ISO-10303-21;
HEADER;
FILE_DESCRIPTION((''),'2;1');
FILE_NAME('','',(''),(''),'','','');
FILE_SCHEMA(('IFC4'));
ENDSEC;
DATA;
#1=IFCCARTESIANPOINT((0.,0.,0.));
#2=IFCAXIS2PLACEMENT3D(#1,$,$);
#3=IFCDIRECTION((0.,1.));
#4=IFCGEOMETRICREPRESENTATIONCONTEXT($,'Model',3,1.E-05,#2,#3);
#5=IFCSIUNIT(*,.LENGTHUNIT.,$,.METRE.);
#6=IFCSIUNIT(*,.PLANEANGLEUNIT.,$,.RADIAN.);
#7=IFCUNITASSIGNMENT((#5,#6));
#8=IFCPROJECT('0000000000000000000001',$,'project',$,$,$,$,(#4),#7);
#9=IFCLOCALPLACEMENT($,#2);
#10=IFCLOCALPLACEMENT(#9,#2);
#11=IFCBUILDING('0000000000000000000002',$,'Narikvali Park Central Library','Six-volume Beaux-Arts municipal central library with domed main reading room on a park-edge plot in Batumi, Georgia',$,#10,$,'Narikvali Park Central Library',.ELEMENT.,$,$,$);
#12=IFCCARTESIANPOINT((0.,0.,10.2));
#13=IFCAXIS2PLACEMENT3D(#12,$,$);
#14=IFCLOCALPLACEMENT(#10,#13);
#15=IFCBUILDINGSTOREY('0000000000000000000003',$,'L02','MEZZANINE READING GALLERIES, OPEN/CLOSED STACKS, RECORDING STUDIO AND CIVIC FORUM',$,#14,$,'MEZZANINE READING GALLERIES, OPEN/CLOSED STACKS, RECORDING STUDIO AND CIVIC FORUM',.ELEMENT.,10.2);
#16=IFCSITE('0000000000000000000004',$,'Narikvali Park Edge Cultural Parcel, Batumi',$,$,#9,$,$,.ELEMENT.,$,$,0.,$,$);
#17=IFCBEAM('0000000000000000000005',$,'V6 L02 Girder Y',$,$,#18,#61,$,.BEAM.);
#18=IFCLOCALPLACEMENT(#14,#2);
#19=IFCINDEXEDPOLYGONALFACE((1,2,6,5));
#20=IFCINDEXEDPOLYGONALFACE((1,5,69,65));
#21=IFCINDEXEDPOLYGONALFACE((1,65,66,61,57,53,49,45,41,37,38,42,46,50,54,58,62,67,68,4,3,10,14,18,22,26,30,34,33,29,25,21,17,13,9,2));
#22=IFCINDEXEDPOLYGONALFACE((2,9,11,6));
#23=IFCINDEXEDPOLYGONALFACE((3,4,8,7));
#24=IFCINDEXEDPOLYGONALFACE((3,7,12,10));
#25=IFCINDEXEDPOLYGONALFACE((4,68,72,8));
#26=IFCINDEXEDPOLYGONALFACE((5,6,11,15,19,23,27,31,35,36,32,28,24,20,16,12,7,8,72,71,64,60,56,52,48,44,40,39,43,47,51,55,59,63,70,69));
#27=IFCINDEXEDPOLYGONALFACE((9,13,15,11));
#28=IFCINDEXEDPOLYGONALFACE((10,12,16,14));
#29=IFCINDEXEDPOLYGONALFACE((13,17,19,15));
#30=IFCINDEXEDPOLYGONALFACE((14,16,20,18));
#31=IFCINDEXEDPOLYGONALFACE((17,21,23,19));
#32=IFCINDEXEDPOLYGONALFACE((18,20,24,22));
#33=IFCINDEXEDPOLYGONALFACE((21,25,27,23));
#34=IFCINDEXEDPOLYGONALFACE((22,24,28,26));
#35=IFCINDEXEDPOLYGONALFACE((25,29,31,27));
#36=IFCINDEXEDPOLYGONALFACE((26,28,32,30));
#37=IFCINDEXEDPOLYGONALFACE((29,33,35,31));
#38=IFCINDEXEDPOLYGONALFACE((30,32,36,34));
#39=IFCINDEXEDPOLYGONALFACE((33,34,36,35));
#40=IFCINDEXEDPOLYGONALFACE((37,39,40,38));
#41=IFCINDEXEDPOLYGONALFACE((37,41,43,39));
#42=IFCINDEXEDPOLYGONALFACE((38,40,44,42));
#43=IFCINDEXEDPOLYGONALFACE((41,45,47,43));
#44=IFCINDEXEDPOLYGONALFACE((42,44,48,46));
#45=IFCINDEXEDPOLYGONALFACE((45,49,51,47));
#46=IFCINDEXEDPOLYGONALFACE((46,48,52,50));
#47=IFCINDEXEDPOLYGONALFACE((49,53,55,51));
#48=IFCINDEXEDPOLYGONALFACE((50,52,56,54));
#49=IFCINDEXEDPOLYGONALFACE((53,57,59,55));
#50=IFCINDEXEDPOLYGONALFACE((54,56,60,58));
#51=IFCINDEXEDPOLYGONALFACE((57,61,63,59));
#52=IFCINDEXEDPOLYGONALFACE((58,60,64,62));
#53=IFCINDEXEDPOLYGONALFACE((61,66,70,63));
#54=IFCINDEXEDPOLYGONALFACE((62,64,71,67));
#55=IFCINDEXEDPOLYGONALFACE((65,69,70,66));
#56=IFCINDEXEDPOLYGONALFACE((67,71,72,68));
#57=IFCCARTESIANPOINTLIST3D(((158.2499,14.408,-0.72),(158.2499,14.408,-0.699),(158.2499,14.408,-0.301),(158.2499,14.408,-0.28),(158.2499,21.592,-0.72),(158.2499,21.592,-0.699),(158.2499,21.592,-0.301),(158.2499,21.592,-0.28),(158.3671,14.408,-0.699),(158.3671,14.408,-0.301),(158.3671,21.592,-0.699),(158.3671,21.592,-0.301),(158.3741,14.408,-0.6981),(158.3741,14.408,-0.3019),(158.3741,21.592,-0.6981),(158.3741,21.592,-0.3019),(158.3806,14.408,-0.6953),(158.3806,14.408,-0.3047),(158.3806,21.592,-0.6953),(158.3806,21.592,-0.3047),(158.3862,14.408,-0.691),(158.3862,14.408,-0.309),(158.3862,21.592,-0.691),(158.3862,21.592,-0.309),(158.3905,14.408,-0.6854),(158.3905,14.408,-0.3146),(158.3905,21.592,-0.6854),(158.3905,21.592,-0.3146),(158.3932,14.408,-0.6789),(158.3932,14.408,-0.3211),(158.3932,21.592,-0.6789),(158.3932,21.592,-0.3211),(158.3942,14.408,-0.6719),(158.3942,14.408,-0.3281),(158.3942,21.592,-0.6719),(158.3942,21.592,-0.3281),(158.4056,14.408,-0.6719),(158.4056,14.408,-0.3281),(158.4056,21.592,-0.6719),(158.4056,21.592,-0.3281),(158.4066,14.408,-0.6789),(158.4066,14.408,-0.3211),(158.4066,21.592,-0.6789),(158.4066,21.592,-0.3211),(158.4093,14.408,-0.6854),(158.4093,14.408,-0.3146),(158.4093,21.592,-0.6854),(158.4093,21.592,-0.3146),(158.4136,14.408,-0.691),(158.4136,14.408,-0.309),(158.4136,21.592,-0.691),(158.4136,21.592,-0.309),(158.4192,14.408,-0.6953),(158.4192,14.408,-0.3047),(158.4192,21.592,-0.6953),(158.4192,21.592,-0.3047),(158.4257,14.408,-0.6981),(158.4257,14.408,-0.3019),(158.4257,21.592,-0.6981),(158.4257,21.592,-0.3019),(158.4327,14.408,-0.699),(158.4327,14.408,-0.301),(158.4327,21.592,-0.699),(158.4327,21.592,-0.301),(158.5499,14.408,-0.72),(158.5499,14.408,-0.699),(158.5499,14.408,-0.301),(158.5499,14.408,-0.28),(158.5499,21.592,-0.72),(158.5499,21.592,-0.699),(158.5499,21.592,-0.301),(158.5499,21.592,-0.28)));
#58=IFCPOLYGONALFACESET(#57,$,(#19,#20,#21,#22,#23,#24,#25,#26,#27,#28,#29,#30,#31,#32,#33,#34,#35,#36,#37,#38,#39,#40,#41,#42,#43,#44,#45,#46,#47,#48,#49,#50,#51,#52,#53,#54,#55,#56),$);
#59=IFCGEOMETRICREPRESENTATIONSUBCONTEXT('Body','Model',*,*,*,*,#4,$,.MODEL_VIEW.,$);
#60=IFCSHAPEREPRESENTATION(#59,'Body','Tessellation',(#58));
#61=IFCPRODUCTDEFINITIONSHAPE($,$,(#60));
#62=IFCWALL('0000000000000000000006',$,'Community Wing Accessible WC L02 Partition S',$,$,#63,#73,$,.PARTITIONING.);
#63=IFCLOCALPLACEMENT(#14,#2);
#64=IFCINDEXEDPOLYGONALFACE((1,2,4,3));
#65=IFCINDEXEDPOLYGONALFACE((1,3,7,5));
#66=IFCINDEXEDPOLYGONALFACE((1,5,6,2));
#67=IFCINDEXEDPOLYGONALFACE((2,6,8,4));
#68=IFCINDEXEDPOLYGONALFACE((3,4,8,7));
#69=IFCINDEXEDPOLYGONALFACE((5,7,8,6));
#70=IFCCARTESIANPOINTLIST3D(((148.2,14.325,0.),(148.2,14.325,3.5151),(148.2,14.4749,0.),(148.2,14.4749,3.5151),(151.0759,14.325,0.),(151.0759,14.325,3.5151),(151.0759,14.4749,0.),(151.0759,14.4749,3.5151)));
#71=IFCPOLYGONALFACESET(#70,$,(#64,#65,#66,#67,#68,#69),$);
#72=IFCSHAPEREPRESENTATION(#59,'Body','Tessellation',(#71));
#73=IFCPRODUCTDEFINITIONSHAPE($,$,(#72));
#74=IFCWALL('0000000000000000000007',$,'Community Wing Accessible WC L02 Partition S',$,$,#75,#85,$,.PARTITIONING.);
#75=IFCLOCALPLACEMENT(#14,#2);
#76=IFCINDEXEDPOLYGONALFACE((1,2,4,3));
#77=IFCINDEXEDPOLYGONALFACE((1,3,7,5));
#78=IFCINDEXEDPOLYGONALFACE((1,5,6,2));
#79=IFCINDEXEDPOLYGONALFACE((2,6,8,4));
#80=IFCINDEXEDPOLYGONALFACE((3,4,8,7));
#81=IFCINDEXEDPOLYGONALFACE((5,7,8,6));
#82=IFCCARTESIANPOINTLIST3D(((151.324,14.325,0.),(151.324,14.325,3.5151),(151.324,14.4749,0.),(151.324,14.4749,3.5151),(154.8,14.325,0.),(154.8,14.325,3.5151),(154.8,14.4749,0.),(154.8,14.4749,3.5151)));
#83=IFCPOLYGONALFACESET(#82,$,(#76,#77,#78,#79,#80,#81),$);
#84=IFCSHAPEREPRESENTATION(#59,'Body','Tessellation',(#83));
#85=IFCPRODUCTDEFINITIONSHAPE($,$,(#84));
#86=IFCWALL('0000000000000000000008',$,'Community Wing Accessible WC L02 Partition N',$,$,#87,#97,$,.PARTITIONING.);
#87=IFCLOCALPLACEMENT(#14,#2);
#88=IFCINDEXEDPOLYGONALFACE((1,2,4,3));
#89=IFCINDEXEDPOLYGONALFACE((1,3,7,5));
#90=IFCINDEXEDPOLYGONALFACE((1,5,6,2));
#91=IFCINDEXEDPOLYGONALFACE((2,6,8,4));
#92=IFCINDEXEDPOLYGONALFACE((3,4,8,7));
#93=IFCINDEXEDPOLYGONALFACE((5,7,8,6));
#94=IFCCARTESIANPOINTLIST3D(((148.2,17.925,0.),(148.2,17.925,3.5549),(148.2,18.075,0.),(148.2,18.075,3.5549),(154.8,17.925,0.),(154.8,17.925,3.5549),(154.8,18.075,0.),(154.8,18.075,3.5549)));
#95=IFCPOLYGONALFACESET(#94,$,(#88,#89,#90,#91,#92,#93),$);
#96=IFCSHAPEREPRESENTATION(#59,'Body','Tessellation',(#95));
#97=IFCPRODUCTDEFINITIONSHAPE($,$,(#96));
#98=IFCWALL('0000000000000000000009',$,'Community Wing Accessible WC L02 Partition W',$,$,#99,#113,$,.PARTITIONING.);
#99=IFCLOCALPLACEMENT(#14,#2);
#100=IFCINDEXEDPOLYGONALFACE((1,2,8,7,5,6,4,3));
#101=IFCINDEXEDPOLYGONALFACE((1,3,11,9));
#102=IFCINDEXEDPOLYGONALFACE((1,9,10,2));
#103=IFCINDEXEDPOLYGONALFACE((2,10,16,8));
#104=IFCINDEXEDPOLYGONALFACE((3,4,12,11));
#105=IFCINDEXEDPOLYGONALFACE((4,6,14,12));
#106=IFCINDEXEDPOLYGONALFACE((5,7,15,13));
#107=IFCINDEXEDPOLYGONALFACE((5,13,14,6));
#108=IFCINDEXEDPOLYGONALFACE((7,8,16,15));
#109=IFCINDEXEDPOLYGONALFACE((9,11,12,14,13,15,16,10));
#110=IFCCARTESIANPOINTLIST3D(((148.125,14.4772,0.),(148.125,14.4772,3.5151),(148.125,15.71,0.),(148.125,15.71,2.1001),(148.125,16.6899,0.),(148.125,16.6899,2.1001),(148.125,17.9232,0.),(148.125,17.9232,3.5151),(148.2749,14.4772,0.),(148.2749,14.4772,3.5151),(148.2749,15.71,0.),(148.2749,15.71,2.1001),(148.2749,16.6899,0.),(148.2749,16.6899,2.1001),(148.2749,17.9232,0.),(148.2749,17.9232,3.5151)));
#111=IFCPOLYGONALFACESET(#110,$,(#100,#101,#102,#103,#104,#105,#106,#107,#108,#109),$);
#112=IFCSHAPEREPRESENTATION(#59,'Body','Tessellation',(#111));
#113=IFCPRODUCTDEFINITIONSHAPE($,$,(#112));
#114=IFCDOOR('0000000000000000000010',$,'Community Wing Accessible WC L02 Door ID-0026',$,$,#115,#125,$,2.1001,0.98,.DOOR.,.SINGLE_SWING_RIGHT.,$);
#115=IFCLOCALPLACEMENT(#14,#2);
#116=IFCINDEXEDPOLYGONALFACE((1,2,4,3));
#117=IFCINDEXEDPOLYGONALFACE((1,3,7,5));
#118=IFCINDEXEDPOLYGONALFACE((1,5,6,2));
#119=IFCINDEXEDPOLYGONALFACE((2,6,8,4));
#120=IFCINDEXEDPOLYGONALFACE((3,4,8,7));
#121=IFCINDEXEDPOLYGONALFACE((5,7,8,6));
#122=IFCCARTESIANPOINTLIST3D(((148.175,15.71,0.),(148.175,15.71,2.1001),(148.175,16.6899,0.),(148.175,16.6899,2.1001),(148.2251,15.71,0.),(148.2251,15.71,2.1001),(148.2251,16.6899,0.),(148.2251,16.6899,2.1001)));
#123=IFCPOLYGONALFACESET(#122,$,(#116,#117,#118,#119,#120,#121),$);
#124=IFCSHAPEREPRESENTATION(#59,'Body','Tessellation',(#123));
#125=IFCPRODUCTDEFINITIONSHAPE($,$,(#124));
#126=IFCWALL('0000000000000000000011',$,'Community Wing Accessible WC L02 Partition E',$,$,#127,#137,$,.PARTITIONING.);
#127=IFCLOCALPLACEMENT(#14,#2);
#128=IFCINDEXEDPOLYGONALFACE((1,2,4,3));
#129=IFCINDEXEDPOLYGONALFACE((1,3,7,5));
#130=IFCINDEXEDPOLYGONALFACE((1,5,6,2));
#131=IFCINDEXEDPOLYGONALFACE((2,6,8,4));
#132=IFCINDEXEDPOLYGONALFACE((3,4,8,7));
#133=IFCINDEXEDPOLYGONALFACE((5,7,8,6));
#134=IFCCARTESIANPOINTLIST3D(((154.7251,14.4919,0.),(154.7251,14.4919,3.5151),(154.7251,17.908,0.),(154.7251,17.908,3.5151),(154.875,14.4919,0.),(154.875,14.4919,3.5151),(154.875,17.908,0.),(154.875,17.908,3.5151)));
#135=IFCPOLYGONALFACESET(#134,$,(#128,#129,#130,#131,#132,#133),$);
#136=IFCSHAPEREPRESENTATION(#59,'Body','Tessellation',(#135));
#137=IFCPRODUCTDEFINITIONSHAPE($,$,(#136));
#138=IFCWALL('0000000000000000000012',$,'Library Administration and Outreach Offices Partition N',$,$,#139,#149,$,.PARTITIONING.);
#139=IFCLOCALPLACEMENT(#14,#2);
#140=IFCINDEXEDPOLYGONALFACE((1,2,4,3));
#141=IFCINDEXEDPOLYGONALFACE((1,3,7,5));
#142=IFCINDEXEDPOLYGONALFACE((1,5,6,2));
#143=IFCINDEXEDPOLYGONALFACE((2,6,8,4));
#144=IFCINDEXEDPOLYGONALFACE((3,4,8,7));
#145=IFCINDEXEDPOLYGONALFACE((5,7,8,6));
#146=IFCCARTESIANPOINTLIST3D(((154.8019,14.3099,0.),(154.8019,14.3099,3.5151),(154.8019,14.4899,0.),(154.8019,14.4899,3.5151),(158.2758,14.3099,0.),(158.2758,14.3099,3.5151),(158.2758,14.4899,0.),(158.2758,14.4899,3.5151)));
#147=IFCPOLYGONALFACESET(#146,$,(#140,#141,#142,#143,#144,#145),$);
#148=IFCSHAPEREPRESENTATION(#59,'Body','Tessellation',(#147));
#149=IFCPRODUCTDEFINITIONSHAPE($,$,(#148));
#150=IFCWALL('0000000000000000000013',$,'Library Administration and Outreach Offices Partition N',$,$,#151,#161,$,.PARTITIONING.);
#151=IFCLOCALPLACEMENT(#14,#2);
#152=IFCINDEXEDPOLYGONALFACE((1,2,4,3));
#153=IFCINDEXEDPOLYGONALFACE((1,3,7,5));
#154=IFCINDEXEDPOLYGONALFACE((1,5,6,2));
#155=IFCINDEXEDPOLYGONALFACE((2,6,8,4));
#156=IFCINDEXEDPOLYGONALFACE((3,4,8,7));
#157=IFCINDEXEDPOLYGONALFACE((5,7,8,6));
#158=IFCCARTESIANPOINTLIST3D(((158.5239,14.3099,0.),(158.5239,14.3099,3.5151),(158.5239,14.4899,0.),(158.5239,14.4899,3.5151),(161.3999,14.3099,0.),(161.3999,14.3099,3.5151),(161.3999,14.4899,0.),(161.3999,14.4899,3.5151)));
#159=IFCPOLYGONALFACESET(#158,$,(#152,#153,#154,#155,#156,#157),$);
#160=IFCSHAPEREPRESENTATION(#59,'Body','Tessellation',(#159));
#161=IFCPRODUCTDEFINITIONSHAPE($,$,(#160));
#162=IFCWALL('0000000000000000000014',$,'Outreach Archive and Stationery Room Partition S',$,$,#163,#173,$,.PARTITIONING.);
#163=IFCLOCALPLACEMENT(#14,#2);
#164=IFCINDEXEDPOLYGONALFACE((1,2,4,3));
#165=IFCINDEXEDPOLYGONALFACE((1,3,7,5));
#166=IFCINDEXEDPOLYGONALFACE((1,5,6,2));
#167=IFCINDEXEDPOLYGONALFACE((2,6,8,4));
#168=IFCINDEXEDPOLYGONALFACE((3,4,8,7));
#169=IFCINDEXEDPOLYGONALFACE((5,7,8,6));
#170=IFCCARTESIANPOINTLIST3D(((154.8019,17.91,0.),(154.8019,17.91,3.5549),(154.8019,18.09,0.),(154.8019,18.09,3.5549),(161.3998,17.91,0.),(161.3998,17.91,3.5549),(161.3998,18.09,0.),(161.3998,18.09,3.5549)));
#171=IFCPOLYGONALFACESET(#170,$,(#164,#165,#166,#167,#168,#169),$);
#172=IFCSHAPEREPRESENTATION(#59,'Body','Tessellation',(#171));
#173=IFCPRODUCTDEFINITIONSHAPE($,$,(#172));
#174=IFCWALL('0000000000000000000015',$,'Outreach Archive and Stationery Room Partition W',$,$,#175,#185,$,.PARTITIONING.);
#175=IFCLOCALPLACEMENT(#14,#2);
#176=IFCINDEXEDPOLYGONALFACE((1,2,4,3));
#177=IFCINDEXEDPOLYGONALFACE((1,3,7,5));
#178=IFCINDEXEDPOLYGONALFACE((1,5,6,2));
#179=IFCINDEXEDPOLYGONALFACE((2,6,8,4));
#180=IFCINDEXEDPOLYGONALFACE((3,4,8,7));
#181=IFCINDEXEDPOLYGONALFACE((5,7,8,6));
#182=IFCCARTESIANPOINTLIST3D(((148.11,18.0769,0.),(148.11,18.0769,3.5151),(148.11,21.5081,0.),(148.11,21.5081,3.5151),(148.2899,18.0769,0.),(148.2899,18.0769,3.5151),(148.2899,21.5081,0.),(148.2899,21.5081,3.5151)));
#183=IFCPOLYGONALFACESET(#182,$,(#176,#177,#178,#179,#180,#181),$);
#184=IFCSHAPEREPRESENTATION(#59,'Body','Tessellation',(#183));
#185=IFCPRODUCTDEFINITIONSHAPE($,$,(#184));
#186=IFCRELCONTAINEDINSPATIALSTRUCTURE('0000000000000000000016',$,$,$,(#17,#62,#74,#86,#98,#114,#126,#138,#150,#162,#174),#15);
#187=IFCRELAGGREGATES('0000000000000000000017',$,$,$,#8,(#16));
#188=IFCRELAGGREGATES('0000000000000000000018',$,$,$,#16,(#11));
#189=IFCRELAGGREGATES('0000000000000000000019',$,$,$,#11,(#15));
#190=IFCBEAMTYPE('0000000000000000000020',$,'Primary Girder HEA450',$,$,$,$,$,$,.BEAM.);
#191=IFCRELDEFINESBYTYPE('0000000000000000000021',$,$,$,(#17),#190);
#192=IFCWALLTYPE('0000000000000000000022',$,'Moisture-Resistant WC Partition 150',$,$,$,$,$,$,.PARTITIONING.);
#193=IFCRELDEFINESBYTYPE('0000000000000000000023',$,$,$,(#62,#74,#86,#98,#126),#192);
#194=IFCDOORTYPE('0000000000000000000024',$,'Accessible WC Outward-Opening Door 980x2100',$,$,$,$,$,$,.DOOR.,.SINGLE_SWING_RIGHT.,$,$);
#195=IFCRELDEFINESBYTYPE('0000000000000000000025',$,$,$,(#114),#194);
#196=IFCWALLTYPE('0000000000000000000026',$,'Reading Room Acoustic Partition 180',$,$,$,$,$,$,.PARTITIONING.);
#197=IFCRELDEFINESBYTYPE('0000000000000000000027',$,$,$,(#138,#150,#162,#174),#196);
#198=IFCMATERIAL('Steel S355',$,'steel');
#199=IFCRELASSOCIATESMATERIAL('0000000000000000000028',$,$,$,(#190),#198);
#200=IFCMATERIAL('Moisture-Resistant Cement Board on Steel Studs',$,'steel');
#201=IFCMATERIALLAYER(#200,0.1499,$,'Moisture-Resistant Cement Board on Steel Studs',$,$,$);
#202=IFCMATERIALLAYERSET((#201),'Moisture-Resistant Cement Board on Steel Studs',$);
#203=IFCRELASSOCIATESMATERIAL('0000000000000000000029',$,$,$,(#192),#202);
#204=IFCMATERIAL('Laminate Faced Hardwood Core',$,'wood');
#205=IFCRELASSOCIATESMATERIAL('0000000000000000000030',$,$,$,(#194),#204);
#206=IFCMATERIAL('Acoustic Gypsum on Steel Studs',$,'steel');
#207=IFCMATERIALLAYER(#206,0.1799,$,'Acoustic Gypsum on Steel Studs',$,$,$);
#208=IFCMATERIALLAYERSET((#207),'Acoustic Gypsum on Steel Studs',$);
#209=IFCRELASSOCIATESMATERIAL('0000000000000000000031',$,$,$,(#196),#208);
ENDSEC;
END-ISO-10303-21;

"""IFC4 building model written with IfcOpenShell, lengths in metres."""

from ifc_helpers import new_model, si_unit, direction, frame, frame_2d, origin, origin_2d, place, context, subcontext, project, spatial, rectangle, i_section, extrude, material, layer, layer_set, material_profile, profile_set, type_object, element, fill, save


model = new_model("IFC4")

# Units and contexts
model_context = context("Model", 3, precision=1e-05, world=origin(), true_north=direction((0.0, 1.0)))
body_context = subcontext(model_context, "Body", "Model", "MODEL_VIEW")
ifc_project = project(units=[si_unit("LENGTHUNIT", "METRE"), si_unit("PLANEANGLEUNIT", "RADIAN")], contexts=[model_context])

# Site, building, storey
site_placement = place(None, origin())
site = spatial("IfcSite", under=ifc_project, at=site_placement, Name="Narikvali Park Edge Cultural Parcel, Batumi", CompositionType="ELEMENT", RefElevation=0.0)
building_placement = place(site_placement, origin())
building = spatial("IfcBuilding", under=site, at=building_placement, Name="Narikvali Park Central Library", Description="Six-volume Beaux-Arts municipal central library with domed main reading room on a park-edge plot in Batumi, Georgia", LongName="Narikvali Park Central Library", CompositionType="ELEMENT")
storey_placement = place(building_placement, frame((0.0, 0.0, 10.2)))
storey = spatial("IfcBuildingStorey", under=building, at=storey_placement, Name="L02", Description="MEZZANINE READING GALLERIES, OPEN/CLOSED STACKS, RECORDING STUDIO AND CIVIC FORUM", LongName="MEZZANINE READING GALLERIES, OPEN/CLOSED STACKS, RECORDING STUDIO AND CIVIC FORUM", CompositionType="ELEMENT", Elevation=10.2)

# Shared definitions
ifc_material_1 = material(Name="Steel S355", Category="steel")

# Beam
ifc_material_profile_1 = material_profile(ifc_material_1, i_section(OverallWidth=0.3, OverallDepth=0.4399, WebThickness=0.0115, FlangeThickness=0.021, FilletRadius=0.0271, at=origin_2d()), Name="HEA 450")
ifc_profile_set_1 = profile_set([ifc_material_profile_1], Name="Steel S355")
beam_type_1 = type_object("IfcBeamType", Name="Primary Girder HEA450", PredefinedType="BEAM", material=ifc_profile_set_1)
for number, where, z_axis, x_axis, name in (
    (1, (158.3999, 14.408, -0.5), (0.0, 1.0, 0.0), (-1.0, 0.0, 0.0), "V6 L02 Girder Y"),
):
    element("IfcBeam", number, at=place(storey_placement, frame(where, z_axis=z_axis, x_axis=x_axis)), inside=storey, type_object=beam_type_1, Name=name, PredefinedType="BEAM", context=body_context, shape_type="SweptSolid", body=[
        extrude(i_section(OverallWidth=0.3, OverallDepth=0.4399, WebThickness=0.0115, FlangeThickness=0.021, FilletRadius=0.0271, at=origin_2d()), origin(), (0.0, 0.0, 1.0), 7.1841),
    ])

# Walls
ifc_material_2 = material(Name="Moisture-Resistant Cement Board on Steel Studs", Category="steel")
ifc_layer_1 = layer(ifc_material_2, 0.1499, Name="Moisture-Resistant Cement Board on Steel Studs")
ifc_layer_set_1 = layer_set([ifc_layer_1], Name="Moisture-Resistant Cement Board on Steel Studs")
wall_type_1 = type_object("IfcWallType", Name="Moisture-Resistant WC Partition 150", PredefinedType="PARTITIONING", material=ifc_layer_set_1)
wall_1_placement = place(storey_placement, frame((148.2, 14.3999, 0.0), z_axis=(0.0, 0.0, 1.0), x_axis=(1.0, 0.0, 0.0)))
element("IfcWall", 2, at=wall_1_placement, inside=storey, type_object=wall_type_1, Name="Community Wing Accessible WC L02 Partition S", PredefinedType="PARTITIONING", context=body_context, shape_type="SweptSolid", body=[
    extrude(rectangle(XDim=2.876, YDim=0.1499, at=frame_2d((1.438, 0.0))), origin(), (0.0, 0.0, 1.0), 3.5151),
])
wall_2_placement = place(storey_placement, frame((151.324, 14.3999, 0.0), z_axis=(0.0, 0.0, 1.0), x_axis=(1.0, 0.0, 0.0)))
element("IfcWall", 3, at=wall_2_placement, inside=storey, type_object=wall_type_1, Name="Community Wing Accessible WC L02 Partition S", PredefinedType="PARTITIONING", context=body_context, shape_type="SweptSolid", body=[
    extrude(rectangle(XDim=3.4761, YDim=0.1499, at=frame_2d((1.738, 0.0))), origin(), (0.0, 0.0, 1.0), 3.5151),
])
wall_3_placement = place(storey_placement, frame((148.2, 18.0, 0.0), z_axis=(0.0, 0.0, 1.0), x_axis=(1.0, 0.0, 0.0)))
element("IfcWall", 4, at=wall_3_placement, inside=storey, type_object=wall_type_1, Name="Community Wing Accessible WC L02 Partition N", PredefinedType="PARTITIONING", context=body_context, shape_type="SweptSolid", body=[
    extrude(rectangle(XDim=6.6001, YDim=0.1499, at=frame_2d((3.3, 0.0))), origin(), (0.0, 0.0, 1.0), 3.5549),
])

# Wall, opening, door
wall_4_placement = place(storey_placement, frame((148.2, 14.4771, 0.0), z_axis=(0.0, 0.0, 1.0), x_axis=(0.0, 1.0, 0.0)))
wall_4 = element("IfcWall", 5, at=wall_4_placement, inside=storey, type_object=wall_type_1, Name="Community Wing Accessible WC L02 Partition W", PredefinedType="PARTITIONING", context=body_context, shape_type="SweptSolid", body=[
    extrude(rectangle(XDim=3.446, YDim=0.1499, at=frame_2d((1.7231, 0.0))), origin(), (0.0, 0.0, 1.0), 3.5151),
])
opening_placement = place(wall_4_placement, frame((1.2329, 0.0, 0.0)))
opening = element("IfcOpeningElement", 6, at=opening_placement, cuts=wall_4, PredefinedType="OPENING", context=body_context, shape_type="SweptSolid", body=[
    extrude(rectangle(XDim=0.98, YDim=2.1001, at=frame_2d((0.49, 1.05))), frame((0.0, 0.0869, 0.0), z_axis=(0.0, -1.0, 0.0), x_axis=(1.0, 0.0, 0.0)), (0.0, 0.0, 1.0), 0.1738),
])
ifc_material_3 = material(Name="Laminate Faced Hardwood Core", Category="wood")
door_type = type_object("IfcDoorType", Name="Accessible WC Outward-Opening Door 980x2100", OperationType="SINGLE_SWING_RIGHT", PredefinedType="DOOR", material=ifc_material_3)
door_placement = place(opening_placement, origin())
door = element("IfcDoor", 7, at=door_placement, inside=storey, type_object=door_type, Name="Community Wing Accessible WC L02 Door ID-0026", OperationType="SINGLE_SWING_RIGHT", OverallHeight=2.1001, OverallWidth=0.98, PredefinedType="DOOR", context=body_context, shape_type="SweptSolid", body=[
    extrude(rectangle(XDim=0.98, YDim=2.1001, at=frame_2d((0.49, 1.05))), frame((0.0, 0.0249, 0.0), z_axis=(0.0, -1.0, 0.0), x_axis=(1.0, 0.0, 0.0)), (0.0, 0.0, 1.0), 0.05),
])
fill(opening, door)

# Walls
wall_5_placement = place(storey_placement, frame((154.8, 14.4919, 0.0), z_axis=(0.0, 0.0, 1.0), x_axis=(0.0, 1.0, 0.0)))
element("IfcWall", 8, at=wall_5_placement, inside=storey, type_object=wall_type_1, Name="Community Wing Accessible WC L02 Partition E", PredefinedType="PARTITIONING", context=body_context, shape_type="SweptSolid", body=[
    extrude(rectangle(XDim=3.416, YDim=0.1499, at=frame_2d((1.708, 0.0))), origin(), (0.0, 0.0, 1.0), 3.5151),
])
ifc_material_4 = material(Name="Acoustic Gypsum on Steel Studs", Category="steel")
ifc_layer_2 = layer(ifc_material_4, 0.1799, Name="Acoustic Gypsum on Steel Studs")
ifc_layer_set_2 = layer_set([ifc_layer_2], Name="Acoustic Gypsum on Steel Studs")
wall_type_2 = type_object("IfcWallType", Name="Reading Room Acoustic Partition 180", PredefinedType="PARTITIONING", material=ifc_layer_set_2)
wall_6_placement = place(storey_placement, frame((154.802, 14.3999, 0.0), z_axis=(0.0, 0.0, 1.0), x_axis=(1.0, 0.0, 0.0)))
element("IfcWall", 9, at=wall_6_placement, inside=storey, type_object=wall_type_2, Name="Library Administration and Outreach Offices Partition N", PredefinedType="PARTITIONING", context=body_context, shape_type="SweptSolid", body=[
    extrude(rectangle(XDim=3.4739, YDim=0.1799, at=frame_2d((1.7368, 0.0))), origin(), (0.0, 0.0, 1.0), 3.5151),
])
wall_7_placement = place(storey_placement, frame((158.5239, 14.3999, 0.0), z_axis=(0.0, 0.0, 1.0), x_axis=(1.0, 0.0, 0.0)))
element("IfcWall", 10, at=wall_7_placement, inside=storey, type_object=wall_type_2, Name="Library Administration and Outreach Offices Partition N", PredefinedType="PARTITIONING", context=body_context, shape_type="SweptSolid", body=[
    extrude(rectangle(XDim=2.876, YDim=0.1799, at=frame_2d((1.438, 0.0))), origin(), (0.0, 0.0, 1.0), 3.5151),
])
wall_8_placement = place(storey_placement, frame((154.802, 18.0, 0.0), z_axis=(0.0, 0.0, 1.0), x_axis=(1.0, 0.0, 0.0)))
element("IfcWall", 11, at=wall_8_placement, inside=storey, type_object=wall_type_2, Name="Outreach Archive and Stationery Room Partition S", PredefinedType="PARTITIONING", context=body_context, shape_type="SweptSolid", body=[
    extrude(rectangle(XDim=6.5979, YDim=0.1799, at=frame_2d((3.2988, 0.0))), origin(), (0.0, 0.0, 1.0), 3.5549),
])
wall_9_placement = place(storey_placement, frame((148.2, 18.0769, 0.0), z_axis=(0.0, 0.0, 1.0), x_axis=(0.0, 1.0, 0.0)))
element("IfcWall", 12, at=wall_9_placement, inside=storey, type_object=wall_type_2, Name="Outreach Archive and Stationery Room Partition W", PredefinedType="PARTITIONING", context=body_context, shape_type="SweptSolid", body=[
    extrude(rectangle(XDim=3.4312, YDim=0.1799, at=frame_2d((1.7156, 0.0))), origin(), (0.0, 0.0, 1.0), 3.5151),
])

save(model, "model.ifc")
